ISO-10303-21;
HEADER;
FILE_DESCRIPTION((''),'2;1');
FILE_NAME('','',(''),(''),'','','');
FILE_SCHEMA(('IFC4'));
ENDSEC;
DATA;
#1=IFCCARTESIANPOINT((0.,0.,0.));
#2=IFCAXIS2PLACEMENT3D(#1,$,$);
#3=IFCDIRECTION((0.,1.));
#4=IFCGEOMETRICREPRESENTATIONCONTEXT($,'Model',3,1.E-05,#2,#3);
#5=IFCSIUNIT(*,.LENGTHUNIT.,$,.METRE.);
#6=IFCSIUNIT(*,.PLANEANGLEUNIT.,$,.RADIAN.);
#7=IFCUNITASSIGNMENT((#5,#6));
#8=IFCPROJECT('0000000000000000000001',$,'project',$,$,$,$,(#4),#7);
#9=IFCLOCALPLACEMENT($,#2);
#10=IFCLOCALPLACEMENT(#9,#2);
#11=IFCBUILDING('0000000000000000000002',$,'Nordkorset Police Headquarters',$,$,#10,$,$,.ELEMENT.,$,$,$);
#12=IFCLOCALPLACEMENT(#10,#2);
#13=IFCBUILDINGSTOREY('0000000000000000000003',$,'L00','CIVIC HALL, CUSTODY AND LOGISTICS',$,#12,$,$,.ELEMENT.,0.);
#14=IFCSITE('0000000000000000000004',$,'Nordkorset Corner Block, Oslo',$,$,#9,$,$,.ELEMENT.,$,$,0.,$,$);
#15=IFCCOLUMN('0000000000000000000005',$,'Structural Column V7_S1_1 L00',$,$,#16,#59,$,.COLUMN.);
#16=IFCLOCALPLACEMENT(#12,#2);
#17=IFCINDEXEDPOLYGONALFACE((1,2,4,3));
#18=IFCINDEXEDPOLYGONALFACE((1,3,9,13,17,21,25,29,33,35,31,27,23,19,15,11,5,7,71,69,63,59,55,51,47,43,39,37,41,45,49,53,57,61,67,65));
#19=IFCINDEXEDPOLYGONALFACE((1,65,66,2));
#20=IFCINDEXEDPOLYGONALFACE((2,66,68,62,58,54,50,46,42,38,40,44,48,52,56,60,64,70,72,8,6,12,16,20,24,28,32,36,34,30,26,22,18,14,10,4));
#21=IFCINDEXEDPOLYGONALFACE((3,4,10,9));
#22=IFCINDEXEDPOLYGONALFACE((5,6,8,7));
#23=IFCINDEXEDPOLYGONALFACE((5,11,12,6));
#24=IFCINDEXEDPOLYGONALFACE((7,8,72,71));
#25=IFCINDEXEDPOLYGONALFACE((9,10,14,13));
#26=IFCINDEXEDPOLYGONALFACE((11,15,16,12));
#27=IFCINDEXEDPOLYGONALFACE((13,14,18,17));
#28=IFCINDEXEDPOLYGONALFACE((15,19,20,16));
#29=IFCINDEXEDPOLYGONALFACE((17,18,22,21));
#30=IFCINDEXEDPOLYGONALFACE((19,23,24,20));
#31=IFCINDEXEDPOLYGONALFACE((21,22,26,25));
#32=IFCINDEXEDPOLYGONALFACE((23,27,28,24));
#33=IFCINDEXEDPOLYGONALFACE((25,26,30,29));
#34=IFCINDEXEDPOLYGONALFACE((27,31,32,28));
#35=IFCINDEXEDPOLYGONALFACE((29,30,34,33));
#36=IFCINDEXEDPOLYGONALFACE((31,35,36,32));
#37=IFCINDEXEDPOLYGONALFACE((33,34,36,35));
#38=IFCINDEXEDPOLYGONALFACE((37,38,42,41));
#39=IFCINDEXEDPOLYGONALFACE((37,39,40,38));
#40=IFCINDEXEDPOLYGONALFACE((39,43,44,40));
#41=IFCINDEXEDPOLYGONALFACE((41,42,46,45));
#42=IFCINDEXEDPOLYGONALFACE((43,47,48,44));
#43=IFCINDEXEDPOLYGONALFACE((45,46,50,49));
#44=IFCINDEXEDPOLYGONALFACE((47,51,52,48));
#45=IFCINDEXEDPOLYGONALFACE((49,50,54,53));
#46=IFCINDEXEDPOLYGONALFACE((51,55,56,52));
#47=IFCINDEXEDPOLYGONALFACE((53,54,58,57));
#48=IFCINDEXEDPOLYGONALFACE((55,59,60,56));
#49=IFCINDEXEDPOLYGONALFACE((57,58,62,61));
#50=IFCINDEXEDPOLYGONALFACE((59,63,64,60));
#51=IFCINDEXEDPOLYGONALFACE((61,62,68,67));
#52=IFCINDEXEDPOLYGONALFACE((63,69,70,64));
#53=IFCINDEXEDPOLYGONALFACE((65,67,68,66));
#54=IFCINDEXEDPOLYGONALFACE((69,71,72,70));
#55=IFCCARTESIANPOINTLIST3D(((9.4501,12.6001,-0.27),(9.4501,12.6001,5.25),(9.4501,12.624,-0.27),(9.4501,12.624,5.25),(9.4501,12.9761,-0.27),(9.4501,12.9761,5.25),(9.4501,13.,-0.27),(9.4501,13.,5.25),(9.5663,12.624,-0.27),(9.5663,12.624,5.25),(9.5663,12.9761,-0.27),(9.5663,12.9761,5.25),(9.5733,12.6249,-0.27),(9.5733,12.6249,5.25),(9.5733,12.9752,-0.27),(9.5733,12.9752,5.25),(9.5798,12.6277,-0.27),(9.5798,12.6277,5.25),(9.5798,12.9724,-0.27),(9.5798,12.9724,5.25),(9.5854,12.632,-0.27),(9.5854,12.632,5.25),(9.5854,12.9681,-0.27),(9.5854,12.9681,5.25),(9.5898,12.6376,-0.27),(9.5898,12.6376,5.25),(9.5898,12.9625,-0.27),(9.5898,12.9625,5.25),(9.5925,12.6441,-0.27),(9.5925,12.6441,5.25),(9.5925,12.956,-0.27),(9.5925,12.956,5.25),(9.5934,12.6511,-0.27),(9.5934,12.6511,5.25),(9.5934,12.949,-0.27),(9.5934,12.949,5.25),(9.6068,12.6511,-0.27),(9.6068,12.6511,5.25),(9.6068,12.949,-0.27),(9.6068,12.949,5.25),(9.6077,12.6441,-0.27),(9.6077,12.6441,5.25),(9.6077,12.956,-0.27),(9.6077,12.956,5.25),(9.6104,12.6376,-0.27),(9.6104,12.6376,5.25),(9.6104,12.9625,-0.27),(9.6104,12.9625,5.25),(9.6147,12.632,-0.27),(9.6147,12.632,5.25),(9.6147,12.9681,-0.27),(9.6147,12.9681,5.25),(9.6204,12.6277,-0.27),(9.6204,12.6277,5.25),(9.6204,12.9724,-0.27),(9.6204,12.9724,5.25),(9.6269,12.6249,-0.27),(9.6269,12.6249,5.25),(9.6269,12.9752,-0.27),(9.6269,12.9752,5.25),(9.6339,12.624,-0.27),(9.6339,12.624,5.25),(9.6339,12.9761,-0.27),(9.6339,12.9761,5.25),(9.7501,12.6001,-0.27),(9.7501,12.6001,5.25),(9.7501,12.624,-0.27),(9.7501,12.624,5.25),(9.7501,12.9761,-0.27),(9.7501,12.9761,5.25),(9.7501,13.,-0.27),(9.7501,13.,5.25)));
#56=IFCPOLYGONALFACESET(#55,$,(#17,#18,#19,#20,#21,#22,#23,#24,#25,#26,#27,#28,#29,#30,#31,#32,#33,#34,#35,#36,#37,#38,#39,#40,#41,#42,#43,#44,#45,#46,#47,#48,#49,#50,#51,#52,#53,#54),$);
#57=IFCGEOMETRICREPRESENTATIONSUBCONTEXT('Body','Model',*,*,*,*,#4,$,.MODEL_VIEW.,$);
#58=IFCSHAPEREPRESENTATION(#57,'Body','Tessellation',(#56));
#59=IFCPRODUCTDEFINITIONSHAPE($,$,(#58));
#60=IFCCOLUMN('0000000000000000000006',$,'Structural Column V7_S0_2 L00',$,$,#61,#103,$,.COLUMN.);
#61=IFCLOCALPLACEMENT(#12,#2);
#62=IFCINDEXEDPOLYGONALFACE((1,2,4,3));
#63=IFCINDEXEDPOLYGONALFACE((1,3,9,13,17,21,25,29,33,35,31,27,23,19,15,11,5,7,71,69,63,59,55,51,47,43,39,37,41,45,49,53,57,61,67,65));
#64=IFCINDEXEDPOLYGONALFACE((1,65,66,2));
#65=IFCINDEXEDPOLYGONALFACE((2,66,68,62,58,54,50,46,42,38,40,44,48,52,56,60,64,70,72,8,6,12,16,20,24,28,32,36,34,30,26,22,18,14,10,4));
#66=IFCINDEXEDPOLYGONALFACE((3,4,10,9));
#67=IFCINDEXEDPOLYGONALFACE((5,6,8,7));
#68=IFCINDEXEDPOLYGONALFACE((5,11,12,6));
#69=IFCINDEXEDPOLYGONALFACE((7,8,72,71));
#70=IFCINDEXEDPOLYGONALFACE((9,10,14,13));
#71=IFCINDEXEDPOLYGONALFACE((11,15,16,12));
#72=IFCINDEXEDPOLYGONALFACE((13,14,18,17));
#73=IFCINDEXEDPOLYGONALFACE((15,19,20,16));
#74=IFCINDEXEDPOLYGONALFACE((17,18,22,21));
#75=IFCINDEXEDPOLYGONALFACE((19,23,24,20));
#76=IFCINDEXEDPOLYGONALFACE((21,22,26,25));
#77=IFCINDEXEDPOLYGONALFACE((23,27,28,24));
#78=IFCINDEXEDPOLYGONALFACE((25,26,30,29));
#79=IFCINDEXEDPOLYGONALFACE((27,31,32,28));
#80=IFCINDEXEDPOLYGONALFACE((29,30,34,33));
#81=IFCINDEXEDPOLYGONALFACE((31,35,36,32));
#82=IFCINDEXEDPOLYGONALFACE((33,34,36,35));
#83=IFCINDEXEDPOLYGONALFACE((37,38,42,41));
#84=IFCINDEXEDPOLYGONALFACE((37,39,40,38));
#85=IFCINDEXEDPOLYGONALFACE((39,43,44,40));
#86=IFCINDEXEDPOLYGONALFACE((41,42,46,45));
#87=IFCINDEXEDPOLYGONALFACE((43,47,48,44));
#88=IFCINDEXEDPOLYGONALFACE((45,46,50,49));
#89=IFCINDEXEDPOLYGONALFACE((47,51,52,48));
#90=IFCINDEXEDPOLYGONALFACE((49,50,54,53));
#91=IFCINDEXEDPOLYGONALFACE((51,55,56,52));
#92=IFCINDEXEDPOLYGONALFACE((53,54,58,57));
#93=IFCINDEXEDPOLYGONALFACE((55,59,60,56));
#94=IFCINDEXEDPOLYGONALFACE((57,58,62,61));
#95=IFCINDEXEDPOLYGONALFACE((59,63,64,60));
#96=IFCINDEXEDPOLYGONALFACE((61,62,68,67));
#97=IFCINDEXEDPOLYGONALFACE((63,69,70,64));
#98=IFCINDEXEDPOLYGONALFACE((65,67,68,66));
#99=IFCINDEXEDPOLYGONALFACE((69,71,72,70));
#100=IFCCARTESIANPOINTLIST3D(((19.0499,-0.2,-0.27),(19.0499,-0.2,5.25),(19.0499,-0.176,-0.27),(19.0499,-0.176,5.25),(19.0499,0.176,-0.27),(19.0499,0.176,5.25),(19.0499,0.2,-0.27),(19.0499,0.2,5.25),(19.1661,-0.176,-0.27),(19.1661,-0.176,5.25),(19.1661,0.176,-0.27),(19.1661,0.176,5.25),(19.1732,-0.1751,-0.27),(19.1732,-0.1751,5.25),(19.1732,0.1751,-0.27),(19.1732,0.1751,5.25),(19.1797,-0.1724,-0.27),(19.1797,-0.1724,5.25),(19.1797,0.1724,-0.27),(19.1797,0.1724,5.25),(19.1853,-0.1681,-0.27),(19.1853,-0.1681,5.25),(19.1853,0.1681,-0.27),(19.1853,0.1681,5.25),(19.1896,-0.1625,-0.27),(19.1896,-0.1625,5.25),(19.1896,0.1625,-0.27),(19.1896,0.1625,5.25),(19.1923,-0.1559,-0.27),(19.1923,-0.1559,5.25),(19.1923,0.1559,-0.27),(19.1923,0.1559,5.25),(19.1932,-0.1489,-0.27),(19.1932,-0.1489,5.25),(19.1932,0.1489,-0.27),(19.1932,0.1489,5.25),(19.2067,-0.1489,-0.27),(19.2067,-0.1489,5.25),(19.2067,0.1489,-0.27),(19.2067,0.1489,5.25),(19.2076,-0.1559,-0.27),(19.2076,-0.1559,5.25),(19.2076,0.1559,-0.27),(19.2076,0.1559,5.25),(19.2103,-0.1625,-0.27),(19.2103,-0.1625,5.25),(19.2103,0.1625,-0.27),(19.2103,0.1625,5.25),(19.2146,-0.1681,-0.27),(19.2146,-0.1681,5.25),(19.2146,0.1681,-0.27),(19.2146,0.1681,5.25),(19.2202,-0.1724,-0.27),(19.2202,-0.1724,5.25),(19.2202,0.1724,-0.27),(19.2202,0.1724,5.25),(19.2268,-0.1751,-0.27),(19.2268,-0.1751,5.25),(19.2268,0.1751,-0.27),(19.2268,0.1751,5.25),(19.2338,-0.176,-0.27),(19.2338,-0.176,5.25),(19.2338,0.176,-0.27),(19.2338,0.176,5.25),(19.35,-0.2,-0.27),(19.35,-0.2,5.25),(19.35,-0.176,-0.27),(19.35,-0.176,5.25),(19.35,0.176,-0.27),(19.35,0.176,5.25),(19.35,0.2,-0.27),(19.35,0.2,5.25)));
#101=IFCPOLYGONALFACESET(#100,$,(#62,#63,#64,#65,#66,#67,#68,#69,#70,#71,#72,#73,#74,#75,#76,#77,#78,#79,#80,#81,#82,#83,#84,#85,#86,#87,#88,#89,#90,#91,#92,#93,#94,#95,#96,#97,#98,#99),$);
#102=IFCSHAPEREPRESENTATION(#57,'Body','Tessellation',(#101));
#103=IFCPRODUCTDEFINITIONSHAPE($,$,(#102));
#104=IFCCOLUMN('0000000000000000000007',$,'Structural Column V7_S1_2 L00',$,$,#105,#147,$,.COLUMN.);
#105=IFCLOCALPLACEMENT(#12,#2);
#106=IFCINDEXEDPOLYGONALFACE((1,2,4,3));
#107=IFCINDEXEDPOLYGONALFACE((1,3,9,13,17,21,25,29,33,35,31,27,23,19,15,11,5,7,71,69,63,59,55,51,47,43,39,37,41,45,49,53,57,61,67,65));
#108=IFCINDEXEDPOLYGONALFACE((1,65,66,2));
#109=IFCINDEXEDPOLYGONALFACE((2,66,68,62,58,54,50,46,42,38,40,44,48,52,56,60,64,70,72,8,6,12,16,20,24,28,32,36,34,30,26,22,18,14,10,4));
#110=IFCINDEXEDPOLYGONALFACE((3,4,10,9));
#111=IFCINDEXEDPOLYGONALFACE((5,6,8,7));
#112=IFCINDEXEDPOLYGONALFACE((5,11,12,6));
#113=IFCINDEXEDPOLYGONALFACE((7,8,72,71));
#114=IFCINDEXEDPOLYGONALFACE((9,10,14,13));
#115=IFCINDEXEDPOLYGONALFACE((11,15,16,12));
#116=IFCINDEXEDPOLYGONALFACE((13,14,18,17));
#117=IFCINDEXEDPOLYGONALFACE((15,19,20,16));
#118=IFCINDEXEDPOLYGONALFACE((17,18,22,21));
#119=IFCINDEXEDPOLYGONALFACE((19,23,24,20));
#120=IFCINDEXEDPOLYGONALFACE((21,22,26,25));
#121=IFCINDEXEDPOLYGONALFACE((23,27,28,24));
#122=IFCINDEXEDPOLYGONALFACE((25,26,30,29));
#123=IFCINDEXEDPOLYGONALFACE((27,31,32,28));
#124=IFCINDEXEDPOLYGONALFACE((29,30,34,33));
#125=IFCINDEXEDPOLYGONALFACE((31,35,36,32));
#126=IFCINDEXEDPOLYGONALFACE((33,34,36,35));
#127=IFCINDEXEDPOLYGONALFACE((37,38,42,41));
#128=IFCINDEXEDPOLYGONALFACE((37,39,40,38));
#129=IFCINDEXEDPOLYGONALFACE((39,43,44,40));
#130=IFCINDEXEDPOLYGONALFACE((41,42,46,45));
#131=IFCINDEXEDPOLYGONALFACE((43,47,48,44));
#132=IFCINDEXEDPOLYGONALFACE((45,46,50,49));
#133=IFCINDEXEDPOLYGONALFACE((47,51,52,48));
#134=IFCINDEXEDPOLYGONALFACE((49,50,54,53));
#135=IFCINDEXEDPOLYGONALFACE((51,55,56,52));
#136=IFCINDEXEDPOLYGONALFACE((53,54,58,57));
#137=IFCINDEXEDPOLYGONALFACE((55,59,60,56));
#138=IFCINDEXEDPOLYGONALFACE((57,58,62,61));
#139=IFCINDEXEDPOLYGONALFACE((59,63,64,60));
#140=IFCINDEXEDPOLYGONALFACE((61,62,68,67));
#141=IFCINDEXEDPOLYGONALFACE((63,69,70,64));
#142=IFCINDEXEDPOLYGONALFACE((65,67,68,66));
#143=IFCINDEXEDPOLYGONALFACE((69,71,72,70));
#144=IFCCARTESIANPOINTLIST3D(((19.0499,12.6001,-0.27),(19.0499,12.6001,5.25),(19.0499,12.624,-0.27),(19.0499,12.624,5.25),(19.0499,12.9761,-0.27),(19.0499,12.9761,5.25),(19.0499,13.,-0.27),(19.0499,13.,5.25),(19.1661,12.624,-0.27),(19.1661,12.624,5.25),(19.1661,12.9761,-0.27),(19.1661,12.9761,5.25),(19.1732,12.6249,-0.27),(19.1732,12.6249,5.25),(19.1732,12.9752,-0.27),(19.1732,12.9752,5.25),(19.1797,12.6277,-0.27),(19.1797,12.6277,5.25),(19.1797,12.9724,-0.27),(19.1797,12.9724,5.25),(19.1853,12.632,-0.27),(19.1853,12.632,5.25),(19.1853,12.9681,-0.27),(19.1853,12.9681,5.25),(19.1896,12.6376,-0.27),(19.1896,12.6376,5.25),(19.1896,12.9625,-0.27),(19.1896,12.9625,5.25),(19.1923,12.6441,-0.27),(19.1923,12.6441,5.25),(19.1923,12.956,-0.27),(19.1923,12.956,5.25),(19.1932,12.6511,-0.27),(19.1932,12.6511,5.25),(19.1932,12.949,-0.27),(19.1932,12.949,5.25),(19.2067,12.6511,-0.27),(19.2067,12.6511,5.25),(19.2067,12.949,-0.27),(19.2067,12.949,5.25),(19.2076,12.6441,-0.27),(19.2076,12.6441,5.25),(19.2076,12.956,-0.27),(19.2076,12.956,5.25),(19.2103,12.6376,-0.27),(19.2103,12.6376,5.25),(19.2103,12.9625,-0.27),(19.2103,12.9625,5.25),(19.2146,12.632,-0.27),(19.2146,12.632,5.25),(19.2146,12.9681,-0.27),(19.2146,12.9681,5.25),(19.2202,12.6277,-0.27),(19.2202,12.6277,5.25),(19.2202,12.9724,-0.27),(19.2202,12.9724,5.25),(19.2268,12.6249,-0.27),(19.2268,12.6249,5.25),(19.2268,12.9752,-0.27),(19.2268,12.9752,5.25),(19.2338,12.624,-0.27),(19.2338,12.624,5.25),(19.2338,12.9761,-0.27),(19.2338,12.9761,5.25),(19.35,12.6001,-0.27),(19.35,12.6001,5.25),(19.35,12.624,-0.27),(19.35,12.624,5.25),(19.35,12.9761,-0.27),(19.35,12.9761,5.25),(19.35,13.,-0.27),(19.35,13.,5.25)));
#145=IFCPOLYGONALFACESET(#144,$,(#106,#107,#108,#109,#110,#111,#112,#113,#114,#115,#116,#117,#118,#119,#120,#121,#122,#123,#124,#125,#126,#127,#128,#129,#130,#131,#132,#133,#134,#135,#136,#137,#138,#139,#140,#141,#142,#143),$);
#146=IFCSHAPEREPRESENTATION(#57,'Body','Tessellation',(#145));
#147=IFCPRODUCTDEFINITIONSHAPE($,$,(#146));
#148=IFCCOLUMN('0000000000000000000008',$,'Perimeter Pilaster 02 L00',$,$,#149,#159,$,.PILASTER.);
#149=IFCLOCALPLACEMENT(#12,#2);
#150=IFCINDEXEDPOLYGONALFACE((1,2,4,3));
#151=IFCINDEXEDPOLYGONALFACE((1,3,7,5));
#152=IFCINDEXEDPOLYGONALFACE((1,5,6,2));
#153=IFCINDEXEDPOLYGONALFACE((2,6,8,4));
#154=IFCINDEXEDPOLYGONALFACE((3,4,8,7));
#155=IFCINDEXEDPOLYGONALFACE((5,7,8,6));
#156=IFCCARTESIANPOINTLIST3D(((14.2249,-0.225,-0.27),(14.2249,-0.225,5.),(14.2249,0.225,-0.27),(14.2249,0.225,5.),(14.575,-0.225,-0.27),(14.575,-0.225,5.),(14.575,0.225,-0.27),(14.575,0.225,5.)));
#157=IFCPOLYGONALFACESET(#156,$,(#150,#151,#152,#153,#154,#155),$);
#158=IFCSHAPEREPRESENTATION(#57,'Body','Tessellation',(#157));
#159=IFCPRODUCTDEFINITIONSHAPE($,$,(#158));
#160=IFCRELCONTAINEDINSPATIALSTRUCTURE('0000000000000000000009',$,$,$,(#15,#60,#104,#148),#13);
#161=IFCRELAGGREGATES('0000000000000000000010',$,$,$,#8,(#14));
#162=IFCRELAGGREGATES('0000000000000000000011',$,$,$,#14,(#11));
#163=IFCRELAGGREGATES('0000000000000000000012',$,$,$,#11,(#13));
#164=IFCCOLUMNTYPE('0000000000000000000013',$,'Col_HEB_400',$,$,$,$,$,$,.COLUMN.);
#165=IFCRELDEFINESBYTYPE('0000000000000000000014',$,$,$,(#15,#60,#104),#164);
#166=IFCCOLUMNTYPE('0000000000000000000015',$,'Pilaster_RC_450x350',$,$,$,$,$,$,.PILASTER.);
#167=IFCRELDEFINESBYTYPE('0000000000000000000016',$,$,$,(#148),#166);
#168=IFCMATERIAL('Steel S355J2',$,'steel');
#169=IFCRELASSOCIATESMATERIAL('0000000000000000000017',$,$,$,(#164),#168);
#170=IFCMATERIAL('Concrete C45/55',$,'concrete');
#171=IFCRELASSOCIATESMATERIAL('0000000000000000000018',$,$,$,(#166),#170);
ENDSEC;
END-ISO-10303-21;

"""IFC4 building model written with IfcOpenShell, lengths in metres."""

from ifc_helpers import new_model, si_unit, direction, frame, origin, origin_2d, place, context, subcontext, project, spatial, rectangle, i_section, extrude, material, material_profile, profile_set, type_object, element, save


model = new_model("IFC4")

# Units and contexts
model_context = context("Model", 3, precision=1e-05, world=origin(), true_north=direction((0.0, 1.0)))
body_context = subcontext(model_context, "Body", "Model", "MODEL_VIEW")
ifc_project = project(units=[si_unit("LENGTHUNIT", "METRE"), si_unit("PLANEANGLEUNIT", "RADIAN")], contexts=[model_context])

# Site, building, storey
site_placement = place(None, origin())
site = spatial("IfcSite", under=ifc_project, at=site_placement, Name="Nordkorset Corner Block, Oslo", CompositionType="ELEMENT", RefElevation=0.0)
building_placement = place(site_placement, origin())
building = spatial("IfcBuilding", under=site, at=building_placement, Name="Nordkorset Police Headquarters", CompositionType="ELEMENT")
storey_placement = place(building_placement, origin())
storey = spatial("IfcBuildingStorey", under=building, at=storey_placement, Name="L00", Description="CIVIC HALL, CUSTODY AND LOGISTICS", CompositionType="ELEMENT", Elevation=0.0)

# Columns
ifc_material_1 = material(Name="Steel S355J2", Category="steel")
ifc_material_profile_1 = material_profile(ifc_material_1, i_section(OverallWidth=0.3, OverallDepth=0.3999, WebThickness=0.0134, FlangeThickness=0.0239, FilletRadius=0.0271, at=origin_2d()), Name="HEB 400")
ifc_profile_set_1 = profile_set([ifc_material_profile_1], Name="Steel S355J2")
column_type_1 = type_object("IfcColumnType", Name="Col_HEB_400", PredefinedType="COLUMN", material=ifc_profile_set_1)
for number, where, z_axis, x_axis, name in (
    (1, (9.6001, 12.8, -0.27), (0.0, 0.0, 1.0), (1.0, 0.0, 0.0), "Structural Column V7_S1_1 L00"),
    (2, (19.2, 0.0, -0.27), (0.0, 0.0, 1.0), (1.0, 0.0, 0.0), "Structural Column V7_S0_2 L00"),
    (3, (19.2, 12.8, -0.27), (0.0, 0.0, 1.0), (1.0, 0.0, 0.0), "Structural Column V7_S1_2 L00"),
):
    element("IfcColumn", number, at=place(storey_placement, frame(where, z_axis=z_axis, x_axis=x_axis)), inside=storey, type_object=column_type_1, Name=name, PredefinedType="COLUMN", context=body_context, shape_type="SweptSolid", body=[
        extrude(i_section(OverallWidth=0.3, OverallDepth=0.3999, WebThickness=0.0134, FlangeThickness=0.0239, FilletRadius=0.0271, at=origin_2d()), origin(), (0.0, 0.0, 1.0), 5.52),
    ])
ifc_material_2 = material(Name="Concrete C45/55", Category="concrete")
ifc_material_profile_2 = material_profile(ifc_material_2, rectangle(XDim=0.3501, YDim=0.45, at=origin_2d()), Name="RC 450x350")
ifc_profile_set_2 = profile_set([ifc_material_profile_2], Name="Concrete C45/55")
column_type_2 = type_object("IfcColumnType", Name="Pilaster_RC_450x350", PredefinedType="PILASTER", material=ifc_profile_set_2)
column_placement = place(storey_placement, frame((14.3999, 0.0, -0.27), z_axis=(0.0, 0.0, 1.0), x_axis=(1.0, 0.0, 0.0)))
element("IfcColumn", 4, at=column_placement, inside=storey, type_object=column_type_2, Name="Perimeter Pilaster 02 L00", PredefinedType="PILASTER", context=body_context, shape_type="SweptSolid", body=[
    extrude(rectangle(XDim=0.3501, YDim=0.45, at=origin_2d()), origin(), (0.0, 0.0, 1.0), 5.27),
])

save(model, "model.ifc")
